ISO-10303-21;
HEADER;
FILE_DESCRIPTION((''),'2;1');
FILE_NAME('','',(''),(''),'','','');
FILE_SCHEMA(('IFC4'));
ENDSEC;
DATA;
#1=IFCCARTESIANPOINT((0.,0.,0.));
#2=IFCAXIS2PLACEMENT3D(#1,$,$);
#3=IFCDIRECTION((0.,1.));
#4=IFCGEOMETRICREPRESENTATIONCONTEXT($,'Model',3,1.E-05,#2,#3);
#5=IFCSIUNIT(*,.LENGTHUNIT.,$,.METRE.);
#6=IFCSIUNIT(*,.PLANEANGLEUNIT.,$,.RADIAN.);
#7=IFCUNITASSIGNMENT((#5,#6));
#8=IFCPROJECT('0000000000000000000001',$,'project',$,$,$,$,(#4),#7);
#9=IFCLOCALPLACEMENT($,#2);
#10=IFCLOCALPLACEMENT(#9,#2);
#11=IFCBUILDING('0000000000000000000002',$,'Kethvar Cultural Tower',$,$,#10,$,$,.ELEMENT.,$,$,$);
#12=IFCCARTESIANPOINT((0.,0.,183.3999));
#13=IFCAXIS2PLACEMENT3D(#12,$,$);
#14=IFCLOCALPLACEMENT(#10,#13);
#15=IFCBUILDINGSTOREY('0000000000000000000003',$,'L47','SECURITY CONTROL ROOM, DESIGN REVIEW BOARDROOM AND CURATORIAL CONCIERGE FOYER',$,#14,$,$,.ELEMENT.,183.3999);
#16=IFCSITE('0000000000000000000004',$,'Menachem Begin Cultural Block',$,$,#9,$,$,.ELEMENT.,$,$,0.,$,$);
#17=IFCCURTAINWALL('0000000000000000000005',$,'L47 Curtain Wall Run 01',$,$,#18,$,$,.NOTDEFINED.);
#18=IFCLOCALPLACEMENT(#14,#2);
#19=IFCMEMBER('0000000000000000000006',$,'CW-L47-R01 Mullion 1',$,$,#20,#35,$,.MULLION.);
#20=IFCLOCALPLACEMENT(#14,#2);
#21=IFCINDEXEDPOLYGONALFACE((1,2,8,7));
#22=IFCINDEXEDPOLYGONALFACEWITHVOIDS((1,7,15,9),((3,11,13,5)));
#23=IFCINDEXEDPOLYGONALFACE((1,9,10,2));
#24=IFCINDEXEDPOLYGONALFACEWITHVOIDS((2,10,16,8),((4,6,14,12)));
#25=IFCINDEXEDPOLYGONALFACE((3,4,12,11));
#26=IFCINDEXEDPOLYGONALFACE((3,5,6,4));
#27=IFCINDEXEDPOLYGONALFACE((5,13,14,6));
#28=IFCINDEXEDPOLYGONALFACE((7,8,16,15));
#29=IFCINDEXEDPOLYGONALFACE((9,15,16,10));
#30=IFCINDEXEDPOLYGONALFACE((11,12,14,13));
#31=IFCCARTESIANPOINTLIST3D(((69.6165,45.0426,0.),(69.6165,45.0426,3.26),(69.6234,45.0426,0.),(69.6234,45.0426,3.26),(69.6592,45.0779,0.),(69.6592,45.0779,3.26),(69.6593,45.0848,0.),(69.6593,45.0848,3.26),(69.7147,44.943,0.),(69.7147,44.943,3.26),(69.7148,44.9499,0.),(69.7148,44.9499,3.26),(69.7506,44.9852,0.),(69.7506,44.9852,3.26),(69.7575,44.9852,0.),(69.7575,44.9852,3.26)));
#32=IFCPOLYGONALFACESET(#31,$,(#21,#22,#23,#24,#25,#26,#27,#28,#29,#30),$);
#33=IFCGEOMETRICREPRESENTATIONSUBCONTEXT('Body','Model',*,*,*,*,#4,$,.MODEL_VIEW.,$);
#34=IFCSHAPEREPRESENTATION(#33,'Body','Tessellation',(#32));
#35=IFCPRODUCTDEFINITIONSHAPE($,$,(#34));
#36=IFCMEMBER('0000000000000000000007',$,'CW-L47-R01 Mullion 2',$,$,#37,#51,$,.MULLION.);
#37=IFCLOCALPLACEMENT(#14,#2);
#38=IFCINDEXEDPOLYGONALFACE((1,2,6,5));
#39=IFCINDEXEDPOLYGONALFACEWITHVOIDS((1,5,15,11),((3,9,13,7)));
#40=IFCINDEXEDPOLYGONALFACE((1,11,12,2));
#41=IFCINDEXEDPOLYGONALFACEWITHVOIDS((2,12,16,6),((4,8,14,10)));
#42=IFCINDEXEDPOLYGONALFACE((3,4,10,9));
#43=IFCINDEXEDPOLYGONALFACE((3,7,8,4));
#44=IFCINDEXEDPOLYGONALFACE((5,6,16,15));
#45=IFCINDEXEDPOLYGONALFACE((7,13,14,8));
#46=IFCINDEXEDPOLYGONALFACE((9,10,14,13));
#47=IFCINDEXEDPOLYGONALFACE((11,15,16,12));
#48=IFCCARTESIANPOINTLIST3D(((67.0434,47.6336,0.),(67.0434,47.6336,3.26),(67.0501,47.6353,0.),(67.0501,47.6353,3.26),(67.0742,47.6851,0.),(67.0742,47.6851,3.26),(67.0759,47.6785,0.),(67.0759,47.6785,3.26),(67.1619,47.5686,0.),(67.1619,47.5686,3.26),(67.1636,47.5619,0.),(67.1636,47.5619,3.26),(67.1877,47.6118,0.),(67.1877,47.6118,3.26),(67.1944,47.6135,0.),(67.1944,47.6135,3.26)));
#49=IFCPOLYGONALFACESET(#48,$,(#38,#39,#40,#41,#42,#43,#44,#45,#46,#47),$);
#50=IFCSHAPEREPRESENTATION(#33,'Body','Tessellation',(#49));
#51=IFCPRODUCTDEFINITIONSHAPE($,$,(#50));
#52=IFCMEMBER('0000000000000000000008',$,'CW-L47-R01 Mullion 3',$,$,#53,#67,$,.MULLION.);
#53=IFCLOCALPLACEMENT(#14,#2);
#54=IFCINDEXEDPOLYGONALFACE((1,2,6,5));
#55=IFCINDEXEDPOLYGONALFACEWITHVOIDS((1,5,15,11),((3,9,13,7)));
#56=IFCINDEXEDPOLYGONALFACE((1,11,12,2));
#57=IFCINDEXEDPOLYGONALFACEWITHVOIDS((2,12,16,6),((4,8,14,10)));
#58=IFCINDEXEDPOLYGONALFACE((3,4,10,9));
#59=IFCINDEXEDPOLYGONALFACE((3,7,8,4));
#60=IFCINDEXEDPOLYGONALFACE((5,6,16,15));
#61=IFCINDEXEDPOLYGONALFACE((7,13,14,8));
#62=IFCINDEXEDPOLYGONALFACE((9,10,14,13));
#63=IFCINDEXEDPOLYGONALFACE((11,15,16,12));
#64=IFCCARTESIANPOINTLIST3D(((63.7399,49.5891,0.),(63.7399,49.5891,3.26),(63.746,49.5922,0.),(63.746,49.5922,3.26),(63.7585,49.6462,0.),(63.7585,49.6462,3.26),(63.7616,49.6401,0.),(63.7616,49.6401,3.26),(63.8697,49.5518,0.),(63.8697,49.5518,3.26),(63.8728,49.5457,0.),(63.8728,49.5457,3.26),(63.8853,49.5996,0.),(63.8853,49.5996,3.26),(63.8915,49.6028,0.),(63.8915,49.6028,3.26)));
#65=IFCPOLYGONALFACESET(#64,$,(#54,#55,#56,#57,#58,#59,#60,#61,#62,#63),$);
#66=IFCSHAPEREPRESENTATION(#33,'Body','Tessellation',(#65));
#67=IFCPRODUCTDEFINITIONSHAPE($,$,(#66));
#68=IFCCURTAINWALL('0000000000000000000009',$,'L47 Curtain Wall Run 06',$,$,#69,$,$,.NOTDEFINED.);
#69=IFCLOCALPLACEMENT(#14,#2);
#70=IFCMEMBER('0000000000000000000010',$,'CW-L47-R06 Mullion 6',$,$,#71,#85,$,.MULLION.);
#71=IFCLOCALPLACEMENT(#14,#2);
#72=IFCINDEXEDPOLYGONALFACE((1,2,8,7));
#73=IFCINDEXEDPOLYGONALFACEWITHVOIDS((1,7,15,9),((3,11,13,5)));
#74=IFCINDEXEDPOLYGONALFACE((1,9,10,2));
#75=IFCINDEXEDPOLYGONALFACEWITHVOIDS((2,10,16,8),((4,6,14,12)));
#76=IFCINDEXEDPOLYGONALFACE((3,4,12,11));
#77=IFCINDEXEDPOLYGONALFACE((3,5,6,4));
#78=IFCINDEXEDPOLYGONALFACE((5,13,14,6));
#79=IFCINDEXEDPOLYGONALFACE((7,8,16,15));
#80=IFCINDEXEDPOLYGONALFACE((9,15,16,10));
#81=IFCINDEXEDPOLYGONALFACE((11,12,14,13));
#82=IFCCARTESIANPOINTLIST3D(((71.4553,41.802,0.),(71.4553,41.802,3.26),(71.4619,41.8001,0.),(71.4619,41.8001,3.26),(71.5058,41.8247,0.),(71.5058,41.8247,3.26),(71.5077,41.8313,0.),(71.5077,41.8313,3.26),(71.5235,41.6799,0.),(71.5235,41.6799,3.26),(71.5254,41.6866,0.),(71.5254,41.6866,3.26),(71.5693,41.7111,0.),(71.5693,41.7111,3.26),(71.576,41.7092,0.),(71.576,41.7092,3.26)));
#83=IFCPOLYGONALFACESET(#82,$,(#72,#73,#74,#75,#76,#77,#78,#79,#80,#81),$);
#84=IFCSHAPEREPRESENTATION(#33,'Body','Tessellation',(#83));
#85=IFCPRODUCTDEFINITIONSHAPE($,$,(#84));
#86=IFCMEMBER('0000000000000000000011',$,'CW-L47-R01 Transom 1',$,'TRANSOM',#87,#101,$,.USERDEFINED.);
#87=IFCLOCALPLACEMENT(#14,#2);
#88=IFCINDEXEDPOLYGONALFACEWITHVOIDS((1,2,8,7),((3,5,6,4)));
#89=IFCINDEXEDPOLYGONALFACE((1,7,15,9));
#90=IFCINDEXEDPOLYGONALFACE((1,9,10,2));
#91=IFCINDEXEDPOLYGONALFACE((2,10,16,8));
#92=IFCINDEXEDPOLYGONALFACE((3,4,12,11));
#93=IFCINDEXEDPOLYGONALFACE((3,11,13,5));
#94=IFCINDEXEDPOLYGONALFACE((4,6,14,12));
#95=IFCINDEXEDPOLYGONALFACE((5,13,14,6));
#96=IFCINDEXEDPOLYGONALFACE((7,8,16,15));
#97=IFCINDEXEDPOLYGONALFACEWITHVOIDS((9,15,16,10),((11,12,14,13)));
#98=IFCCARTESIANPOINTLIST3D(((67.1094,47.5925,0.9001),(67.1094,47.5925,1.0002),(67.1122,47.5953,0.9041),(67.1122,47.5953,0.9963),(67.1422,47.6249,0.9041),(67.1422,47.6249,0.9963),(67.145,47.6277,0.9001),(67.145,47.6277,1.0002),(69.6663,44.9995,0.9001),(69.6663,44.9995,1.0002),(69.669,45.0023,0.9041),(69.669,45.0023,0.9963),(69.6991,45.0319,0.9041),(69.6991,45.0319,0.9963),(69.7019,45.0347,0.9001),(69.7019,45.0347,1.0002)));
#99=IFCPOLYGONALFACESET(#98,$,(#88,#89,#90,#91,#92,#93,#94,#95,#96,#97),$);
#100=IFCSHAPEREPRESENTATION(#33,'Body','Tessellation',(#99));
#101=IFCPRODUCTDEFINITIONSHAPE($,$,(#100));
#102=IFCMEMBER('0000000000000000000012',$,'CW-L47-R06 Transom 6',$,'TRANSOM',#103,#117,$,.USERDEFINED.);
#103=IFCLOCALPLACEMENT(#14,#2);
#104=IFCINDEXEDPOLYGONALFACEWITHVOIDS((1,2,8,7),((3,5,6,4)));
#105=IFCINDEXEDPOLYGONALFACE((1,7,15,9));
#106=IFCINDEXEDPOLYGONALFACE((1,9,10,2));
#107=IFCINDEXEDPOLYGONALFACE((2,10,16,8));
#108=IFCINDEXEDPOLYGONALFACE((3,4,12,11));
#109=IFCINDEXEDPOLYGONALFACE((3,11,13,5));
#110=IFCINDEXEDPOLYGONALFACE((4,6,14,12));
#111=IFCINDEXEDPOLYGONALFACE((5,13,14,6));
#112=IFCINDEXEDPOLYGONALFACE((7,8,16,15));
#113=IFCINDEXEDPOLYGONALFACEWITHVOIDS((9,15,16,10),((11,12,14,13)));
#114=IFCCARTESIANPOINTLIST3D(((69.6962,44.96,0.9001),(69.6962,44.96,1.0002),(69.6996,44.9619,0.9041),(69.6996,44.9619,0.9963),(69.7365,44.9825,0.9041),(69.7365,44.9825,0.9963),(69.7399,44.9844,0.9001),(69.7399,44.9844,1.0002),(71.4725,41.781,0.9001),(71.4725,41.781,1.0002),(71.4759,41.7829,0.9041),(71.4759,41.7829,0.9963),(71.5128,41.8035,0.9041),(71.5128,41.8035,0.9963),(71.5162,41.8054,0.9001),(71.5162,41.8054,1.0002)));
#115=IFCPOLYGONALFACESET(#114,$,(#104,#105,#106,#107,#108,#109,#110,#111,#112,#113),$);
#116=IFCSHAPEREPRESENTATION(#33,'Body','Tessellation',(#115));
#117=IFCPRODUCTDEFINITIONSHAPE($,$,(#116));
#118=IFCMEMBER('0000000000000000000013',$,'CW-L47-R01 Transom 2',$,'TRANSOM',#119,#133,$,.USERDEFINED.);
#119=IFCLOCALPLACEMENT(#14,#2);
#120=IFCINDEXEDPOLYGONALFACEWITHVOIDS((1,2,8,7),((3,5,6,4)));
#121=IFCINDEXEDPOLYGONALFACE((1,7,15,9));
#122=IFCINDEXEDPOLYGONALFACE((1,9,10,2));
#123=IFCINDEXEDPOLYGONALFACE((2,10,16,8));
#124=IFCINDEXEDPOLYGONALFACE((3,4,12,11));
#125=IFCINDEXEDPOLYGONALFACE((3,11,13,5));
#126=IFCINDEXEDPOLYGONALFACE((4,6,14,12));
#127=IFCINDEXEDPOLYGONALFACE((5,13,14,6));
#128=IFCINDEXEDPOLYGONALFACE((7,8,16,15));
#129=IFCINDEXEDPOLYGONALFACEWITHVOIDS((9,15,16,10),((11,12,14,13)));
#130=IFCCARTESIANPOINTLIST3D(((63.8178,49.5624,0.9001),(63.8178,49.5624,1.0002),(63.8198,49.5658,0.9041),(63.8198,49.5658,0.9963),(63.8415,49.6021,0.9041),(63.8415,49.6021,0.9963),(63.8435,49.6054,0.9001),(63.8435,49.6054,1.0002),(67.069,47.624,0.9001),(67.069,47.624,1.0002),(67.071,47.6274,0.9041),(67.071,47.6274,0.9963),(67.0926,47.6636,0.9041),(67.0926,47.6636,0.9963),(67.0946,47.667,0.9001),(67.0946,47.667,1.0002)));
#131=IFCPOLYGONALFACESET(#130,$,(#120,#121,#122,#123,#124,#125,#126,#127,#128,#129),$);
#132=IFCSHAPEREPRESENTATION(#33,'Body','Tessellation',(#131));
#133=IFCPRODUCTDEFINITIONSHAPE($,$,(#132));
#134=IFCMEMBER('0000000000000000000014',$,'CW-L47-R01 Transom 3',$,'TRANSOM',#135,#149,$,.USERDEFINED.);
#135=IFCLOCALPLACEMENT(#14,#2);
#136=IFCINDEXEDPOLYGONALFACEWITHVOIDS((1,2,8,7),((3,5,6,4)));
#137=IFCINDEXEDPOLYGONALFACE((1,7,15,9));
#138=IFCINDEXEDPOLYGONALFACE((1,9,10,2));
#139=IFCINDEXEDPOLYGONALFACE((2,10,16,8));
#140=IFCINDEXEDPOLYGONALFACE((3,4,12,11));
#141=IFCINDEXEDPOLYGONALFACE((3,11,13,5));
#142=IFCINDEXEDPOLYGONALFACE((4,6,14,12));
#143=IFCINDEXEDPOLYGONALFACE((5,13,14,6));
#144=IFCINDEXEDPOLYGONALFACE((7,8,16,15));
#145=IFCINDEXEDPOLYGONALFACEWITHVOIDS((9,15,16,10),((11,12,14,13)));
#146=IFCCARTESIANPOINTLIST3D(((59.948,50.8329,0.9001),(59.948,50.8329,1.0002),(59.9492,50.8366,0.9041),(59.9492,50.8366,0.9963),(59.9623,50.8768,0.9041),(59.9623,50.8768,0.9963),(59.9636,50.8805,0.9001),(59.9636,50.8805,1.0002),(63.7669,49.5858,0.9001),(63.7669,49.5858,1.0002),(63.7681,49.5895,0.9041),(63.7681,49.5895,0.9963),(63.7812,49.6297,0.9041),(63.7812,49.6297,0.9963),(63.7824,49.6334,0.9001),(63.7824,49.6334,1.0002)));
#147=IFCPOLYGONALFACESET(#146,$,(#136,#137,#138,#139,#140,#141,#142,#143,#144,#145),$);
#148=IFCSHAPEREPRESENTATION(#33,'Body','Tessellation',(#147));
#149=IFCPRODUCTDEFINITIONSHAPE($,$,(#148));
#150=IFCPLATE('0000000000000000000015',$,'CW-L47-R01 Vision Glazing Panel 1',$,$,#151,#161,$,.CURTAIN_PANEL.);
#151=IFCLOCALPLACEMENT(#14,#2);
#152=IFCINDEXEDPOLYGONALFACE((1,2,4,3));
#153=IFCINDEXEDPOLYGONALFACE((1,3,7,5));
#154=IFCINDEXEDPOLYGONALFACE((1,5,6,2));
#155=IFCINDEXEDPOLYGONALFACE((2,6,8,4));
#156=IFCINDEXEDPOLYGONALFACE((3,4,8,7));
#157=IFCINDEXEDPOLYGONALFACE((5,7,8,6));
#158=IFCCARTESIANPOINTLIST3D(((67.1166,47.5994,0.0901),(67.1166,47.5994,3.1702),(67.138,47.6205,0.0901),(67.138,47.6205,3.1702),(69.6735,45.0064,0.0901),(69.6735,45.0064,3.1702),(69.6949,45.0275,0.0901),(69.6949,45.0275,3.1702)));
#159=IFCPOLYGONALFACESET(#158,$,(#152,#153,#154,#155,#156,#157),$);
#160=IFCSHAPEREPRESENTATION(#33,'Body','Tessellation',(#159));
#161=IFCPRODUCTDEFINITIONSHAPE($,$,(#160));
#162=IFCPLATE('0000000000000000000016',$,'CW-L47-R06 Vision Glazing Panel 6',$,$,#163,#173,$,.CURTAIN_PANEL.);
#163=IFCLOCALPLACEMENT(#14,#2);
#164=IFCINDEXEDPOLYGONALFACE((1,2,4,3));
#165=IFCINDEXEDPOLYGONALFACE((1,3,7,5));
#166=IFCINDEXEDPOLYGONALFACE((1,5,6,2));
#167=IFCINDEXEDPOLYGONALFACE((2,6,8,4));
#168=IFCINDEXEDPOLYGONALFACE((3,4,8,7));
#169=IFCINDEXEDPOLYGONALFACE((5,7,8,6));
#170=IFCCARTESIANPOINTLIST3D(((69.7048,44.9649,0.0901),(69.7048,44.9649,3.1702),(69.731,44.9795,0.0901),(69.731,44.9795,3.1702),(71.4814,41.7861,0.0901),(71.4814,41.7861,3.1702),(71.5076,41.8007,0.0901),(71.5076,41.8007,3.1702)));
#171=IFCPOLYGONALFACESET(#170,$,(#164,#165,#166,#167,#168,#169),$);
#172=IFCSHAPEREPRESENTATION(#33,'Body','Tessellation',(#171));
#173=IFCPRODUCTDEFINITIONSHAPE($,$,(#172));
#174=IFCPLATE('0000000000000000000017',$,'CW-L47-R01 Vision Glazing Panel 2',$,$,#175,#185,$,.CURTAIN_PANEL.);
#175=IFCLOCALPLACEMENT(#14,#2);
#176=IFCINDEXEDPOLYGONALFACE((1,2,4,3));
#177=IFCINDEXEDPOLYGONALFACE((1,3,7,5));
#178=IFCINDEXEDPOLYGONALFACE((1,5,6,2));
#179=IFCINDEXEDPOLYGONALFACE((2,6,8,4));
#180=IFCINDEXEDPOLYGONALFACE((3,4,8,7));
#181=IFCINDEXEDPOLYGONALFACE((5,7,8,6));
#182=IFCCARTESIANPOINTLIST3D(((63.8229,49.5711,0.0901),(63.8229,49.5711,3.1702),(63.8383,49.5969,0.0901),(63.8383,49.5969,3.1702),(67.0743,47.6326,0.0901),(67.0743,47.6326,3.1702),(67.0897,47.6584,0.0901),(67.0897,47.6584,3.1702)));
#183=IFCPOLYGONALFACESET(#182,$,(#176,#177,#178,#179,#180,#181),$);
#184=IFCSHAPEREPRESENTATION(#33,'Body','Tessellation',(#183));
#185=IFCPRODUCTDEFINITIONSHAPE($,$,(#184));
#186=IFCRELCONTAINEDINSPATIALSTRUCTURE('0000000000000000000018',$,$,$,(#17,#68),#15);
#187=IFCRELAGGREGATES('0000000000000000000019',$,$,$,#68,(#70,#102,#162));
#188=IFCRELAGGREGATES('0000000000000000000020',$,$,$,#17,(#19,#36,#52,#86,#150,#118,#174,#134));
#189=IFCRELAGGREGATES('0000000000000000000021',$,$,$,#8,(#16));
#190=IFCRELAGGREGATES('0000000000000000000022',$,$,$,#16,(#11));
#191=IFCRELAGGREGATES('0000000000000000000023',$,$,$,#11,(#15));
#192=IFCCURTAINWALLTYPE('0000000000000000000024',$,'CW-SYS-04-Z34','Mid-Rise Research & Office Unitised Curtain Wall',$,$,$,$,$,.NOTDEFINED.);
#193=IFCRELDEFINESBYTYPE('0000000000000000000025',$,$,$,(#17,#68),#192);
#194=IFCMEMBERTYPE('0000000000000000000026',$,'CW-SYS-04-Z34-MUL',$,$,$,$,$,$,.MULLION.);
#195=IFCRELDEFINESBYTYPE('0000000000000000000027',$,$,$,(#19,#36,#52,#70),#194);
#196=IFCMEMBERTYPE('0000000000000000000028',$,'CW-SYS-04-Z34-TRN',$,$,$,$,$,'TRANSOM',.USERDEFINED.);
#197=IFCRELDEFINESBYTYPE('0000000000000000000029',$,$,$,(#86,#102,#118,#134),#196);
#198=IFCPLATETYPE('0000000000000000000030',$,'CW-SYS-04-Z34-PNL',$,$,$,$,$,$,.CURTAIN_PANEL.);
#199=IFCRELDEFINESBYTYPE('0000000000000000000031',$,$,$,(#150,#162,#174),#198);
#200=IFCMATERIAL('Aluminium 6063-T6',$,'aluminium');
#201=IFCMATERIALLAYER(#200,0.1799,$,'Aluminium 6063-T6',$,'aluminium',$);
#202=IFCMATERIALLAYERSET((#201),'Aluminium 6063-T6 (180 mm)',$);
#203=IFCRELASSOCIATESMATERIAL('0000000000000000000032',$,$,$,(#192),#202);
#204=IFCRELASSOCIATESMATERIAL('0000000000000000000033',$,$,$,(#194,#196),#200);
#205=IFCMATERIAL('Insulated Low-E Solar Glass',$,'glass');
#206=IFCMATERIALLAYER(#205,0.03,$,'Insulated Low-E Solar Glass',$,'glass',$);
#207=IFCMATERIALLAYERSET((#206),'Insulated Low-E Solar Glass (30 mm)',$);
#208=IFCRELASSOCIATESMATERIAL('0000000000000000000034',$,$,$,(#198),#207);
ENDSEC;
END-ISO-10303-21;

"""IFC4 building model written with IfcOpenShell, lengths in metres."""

from ifc_helpers import new_model, si_unit, direction, frame, origin, origin_2d, place, context, subcontext, project, spatial, rectangle, hollow_rectangle, extrude, source, transform, mapped, material, layer, layer_set, material_profile, profile_set, type_object, element, aggregate, save


model = new_model("IFC4")

# Units and contexts
model_context = context("Model", 3, precision=1e-05, world=origin(), true_north=direction((0.0, 1.0)))
body_context = subcontext(model_context, "Body", "Model", "MODEL_VIEW")
ifc_project = project(units=[si_unit("LENGTHUNIT", "METRE"), si_unit("PLANEANGLEUNIT", "RADIAN")], contexts=[model_context])

# Site, building, storey
site_placement = place(None, origin())
site = spatial("IfcSite", under=ifc_project, at=site_placement, Name="Menachem Begin Cultural Block", CompositionType="ELEMENT", RefElevation=0.0)
building_placement = place(site_placement, origin())
building = spatial("IfcBuilding", under=site, at=building_placement, Name="Kethvar Cultural Tower", CompositionType="ELEMENT")
storey_placement = place(building_placement, frame((0.0, 0.0, 183.3999)))
storey = spatial("IfcBuildingStorey", under=building, at=storey_placement, Name="L47", Description="SECURITY CONTROL ROOM, DESIGN REVIEW BOARDROOM AND CURATORIAL CONCIERGE FOYER", CompositionType="ELEMENT", Elevation=183.3999)

# Curtain wall, members
ifc_material_1 = material(Name="Aluminium 6063-T6", Category="aluminium")
ifc_layer_1 = layer(ifc_material_1, 0.1799, Name="Aluminium 6063-T6", Category="aluminium")
ifc_layer_set_1 = layer_set([ifc_layer_1], Name="Aluminium 6063-T6 (180 mm)")
curtain_wall_type = type_object("IfcCurtainWallType", Name="CW-SYS-04-Z34", Description="Mid-Rise Research & Office Unitised Curtain Wall", PredefinedType="NOTDEFINED", material=ifc_layer_set_1)
curtain_wall_1_placement = place(storey_placement, origin())
curtain_wall_1 = element("IfcCurtainWall", 1, at=curtain_wall_1_placement, inside=storey, type_object=curtain_wall_type, Name="L47 Curtain Wall Run 01", PredefinedType="NOTDEFINED")
ifc_material_profile_1 = material_profile(ifc_material_1, hollow_rectangle(XDim=0.0601, YDim=0.1399, WallThickness=0.0049, at=origin_2d()), Name="Aluminium 6063-T6 — RHS140x60x5")
ifc_profile_set_1 = profile_set([ifc_material_profile_1], Name="Aluminium 6063-T6 — RHS140x60x5")
member_type_1 = type_object("IfcMemberType", Name="CW-SYS-04-Z34-MUL", PredefinedType="MULLION", material=ifc_profile_set_1)
shared_shape_1 = source(origin(), body_context, "Body", "SweptSolid", [
    extrude(hollow_rectangle(XDim=0.0601, YDim=0.1399, WallThickness=0.0049, at=origin_2d()), origin(), (0.0, 0.0, 1.0), 3.26),
])
member_1_placement = place(storey_placement, frame((69.687, 45.0139, 0.0), z_axis=(0.0, 0.0, 1.0), x_axis=(-0.712051, -0.702128, 0.0)))
member_1 = element("IfcMember", 2, at=member_1_placement, type_object=member_type_1, Name="CW-L47-R01 Mullion 1", PredefinedType="MULLION", context=body_context, shape_type="MappedRepresentation", body=[
    mapped(shared_shape_1, transform((0.0, 0.0, 0.0), scale=1.0)),
])
member_2_placement = place(storey_placement, frame((67.1189, 47.6235, 0.0), z_axis=(0.0, 0.0, 1.0), x_axis=(-0.512088, -0.858933, 0.0)))
member_2 = element("IfcMember", 3, at=member_2_placement, type_object=member_type_1, Name="CW-L47-R01 Mullion 2", PredefinedType="MULLION", context=body_context, shape_type="MappedRepresentation", body=[
    mapped(shared_shape_1, transform((0.0, 0.0, 0.0), scale=1.0)),
])
member_3_placement = place(storey_placement, frame((63.8157, 49.5959, 0.0), z_axis=(0.0, 0.0, 1.0), x_axis=(-0.310511, -0.95057, 0.0)))
member_3 = element("IfcMember", 4, at=member_3_placement, type_object=member_type_1, Name="CW-L47-R01 Mullion 3", PredefinedType="MULLION", context=body_context, shape_type="MappedRepresentation", body=[
    mapped(shared_shape_1, transform((0.0, 0.0, 0.0), scale=1.0)),
])

# Curtain wall, member
curtain_wall_2_placement = place(storey_placement, origin())
curtain_wall_2 = element("IfcCurtainWall", 5, at=curtain_wall_2_placement, inside=storey, type_object=curtain_wall_type, Name="L47 Curtain Wall Run 06", PredefinedType="NOTDEFINED")
member_4_placement = place(storey_placement, frame((71.5156, 41.7556, 0.0), z_axis=(0.0, 0.0, 1.0), x_axis=(-0.872914, -0.487875, 0.0)))
member_4 = element("IfcMember", 6, at=member_4_placement, type_object=member_type_1, Name="CW-L47-R06 Mullion 6", PredefinedType="MULLION", context=body_context, shape_type="MappedRepresentation", body=[
    mapped(shared_shape_1, transform((0.0, 0.0, 0.0), scale=1.0)),
])

# Members
ifc_material_profile_2 = material_profile(ifc_material_1, hollow_rectangle(XDim=0.05, YDim=0.1001, WallThickness=0.0039, at=origin_2d()), Name="Aluminium 6063-T6 — RHS100x50x4")
ifc_profile_set_2 = profile_set([ifc_material_profile_2], Name="Aluminium 6063-T6 — RHS100x50x4")
member_type_2 = type_object("IfcMemberType", Name="CW-SYS-04-Z34-TRN", ElementType="TRANSOM", PredefinedType="USERDEFINED", material=ifc_profile_set_2)
shared_shape_2 = source(origin(), body_context, "Body", "SweptSolid", [
    extrude(hollow_rectangle(XDim=0.05, YDim=0.1001, WallThickness=0.0039, at=origin_2d()), origin(), (0.0, 0.0, 1.0), 3.6416),
])
member_5_placement = place(storey_placement, frame((69.6841, 45.0171, 0.9502), z_axis=(-0.702128, 0.71205, 0.0), x_axis=(-0.71205, -0.702128, 0.0)))
member_5 = element("IfcMember", 7, at=member_5_placement, type_object=member_type_2, Name="CW-L47-R01 Transom 1", ObjectType="TRANSOM", PredefinedType="USERDEFINED", context=body_context, shape_type="MappedRepresentation", body=[
    mapped(shared_shape_2, transform((0.0, 0.0, 0.0), scale=1.0)),
])
member_6_placement = place(storey_placement, frame((71.4944, 41.7932, 0.9502), z_axis=(-0.487799, 0.872956, 0.0), x_axis=(-0.872956, -0.487799, 0.0)))
member_6 = element("IfcMember", 8, at=member_6_placement, type_object=member_type_2, Name="CW-L47-R06 Transom 6", ObjectType="TRANSOM", PredefinedType="USERDEFINED", context=body_context, shape_type="MappedRepresentation", body=[
    mapped(shared_shape_2, transform((0.0, 0.0, 0.0), scale=1.0)),
])
shared_shape_3 = source(origin(), body_context, "Body", "SweptSolid", [
    extrude(hollow_rectangle(XDim=0.05, YDim=0.1001, WallThickness=0.0039, at=origin_2d()), origin(), (0.0, 0.0, 1.0), 3.7852),
])
member_7_placement = place(storey_placement, frame((67.0818, 47.6455, 0.9502), z_axis=(-0.858918, 0.512113, 0.0), x_axis=(-0.512113, -0.858918, 0.0)))
member_7 = element("IfcMember", 9, at=member_7_placement, type_object=member_type_2, Name="CW-L47-R01 Transom 2", ObjectType="TRANSOM", PredefinedType="USERDEFINED", context=body_context, shape_type="MappedRepresentation", body=[
    mapped(shared_shape_3, transform((0.0, 0.0, 0.0), scale=1.0)),
])
shared_shape_4 = source(origin(), body_context, "Body", "SweptSolid", [
    extrude(hollow_rectangle(XDim=0.05, YDim=0.1001, WallThickness=0.0039, at=origin_2d()), origin(), (0.0, 0.0, 1.0), 4.0173),
])
member_8_placement = place(storey_placement, frame((63.7747, 49.6096, 0.9502), z_axis=(-0.950598, 0.310424, 0.0), x_axis=(-0.310424, -0.950598, 0.0)))
member_8 = element("IfcMember", 10, at=member_8_placement, type_object=member_type_2, Name="CW-L47-R01 Transom 3", ObjectType="TRANSOM", PredefinedType="USERDEFINED", context=body_context, shape_type="MappedRepresentation", body=[
    mapped(shared_shape_4, transform((0.0, 0.0, 0.0), scale=1.0)),
])

# Plates
ifc_material_2 = material(Name="Insulated Low-E Solar Glass", Category="glass")
ifc_layer_2 = layer(ifc_material_2, 0.03, Name="Insulated Low-E Solar Glass", Category="glass")
ifc_layer_set_2 = layer_set([ifc_layer_2], Name="Insulated Low-E Solar Glass (30 mm)")
plate_type = type_object("IfcPlateType", Name="CW-SYS-04-Z34-PNL", PredefinedType="CURTAIN_PANEL", material=ifc_layer_set_2)
shared_shape_5 = source(origin(), body_context, "Body", "SweptSolid", [
    extrude(rectangle(XDim=3.6416, YDim=0.03, at=origin_2d()), origin(), (0.0, 0.0, 1.0), 3.0801),
])
plate_1_placement = place(storey_placement, frame((68.4058, 46.3135, 0.0901), z_axis=(0.0, 0.0, 1.0), x_axis=(-0.702128, 0.712051, 0.0)))
plate_1 = element("IfcPlate", 11, at=plate_1_placement, type_object=plate_type, Name="CW-L47-R01 Vision Glazing Panel 1", PredefinedType="CURTAIN_PANEL", context=body_context, shape_type="MappedRepresentation", body=[
    mapped(shared_shape_5, transform((0.0, 0.0, 0.0), scale=1.0)),
])
plate_2_placement = place(storey_placement, frame((70.6062, 43.3828, 0.0901), z_axis=(0.0, 0.0, 1.0), x_axis=(-0.487875, 0.872914, 0.0)))
plate_2 = element("IfcPlate", 12, at=plate_2_placement, type_object=plate_type, Name="CW-L47-R06 Vision Glazing Panel 6", PredefinedType="CURTAIN_PANEL", context=body_context, shape_type="MappedRepresentation", body=[
    mapped(shared_shape_5, transform((0.0, 0.0, 0.0), scale=1.0)),
])
aggregate(curtain_wall_2, [member_4, member_6, plate_2])
shared_shape_6 = source(origin(), body_context, "Body", "SweptSolid", [
    extrude(rectangle(XDim=3.7854, YDim=0.03, at=origin_2d()), origin(), (0.0, 0.0, 1.0), 3.0801),
])
plate_3_placement = place(storey_placement, frame((65.4563, 48.6147, 0.0901), z_axis=(0.0, 0.0, 1.0), x_axis=(-0.858933, 0.512088, 0.0)))
plate_3 = element("IfcPlate", 13, at=plate_3_placement, type_object=plate_type, Name="CW-L47-R01 Vision Glazing Panel 2", PredefinedType="CURTAIN_PANEL", context=body_context, shape_type="MappedRepresentation", body=[
    mapped(shared_shape_6, transform((0.0, 0.0, 0.0), scale=1.0)),
])
aggregate(curtain_wall_1, [member_1, member_2, member_3, member_5, plate_1, member_7, plate_3, member_8])

save(model, "model.ifc")
